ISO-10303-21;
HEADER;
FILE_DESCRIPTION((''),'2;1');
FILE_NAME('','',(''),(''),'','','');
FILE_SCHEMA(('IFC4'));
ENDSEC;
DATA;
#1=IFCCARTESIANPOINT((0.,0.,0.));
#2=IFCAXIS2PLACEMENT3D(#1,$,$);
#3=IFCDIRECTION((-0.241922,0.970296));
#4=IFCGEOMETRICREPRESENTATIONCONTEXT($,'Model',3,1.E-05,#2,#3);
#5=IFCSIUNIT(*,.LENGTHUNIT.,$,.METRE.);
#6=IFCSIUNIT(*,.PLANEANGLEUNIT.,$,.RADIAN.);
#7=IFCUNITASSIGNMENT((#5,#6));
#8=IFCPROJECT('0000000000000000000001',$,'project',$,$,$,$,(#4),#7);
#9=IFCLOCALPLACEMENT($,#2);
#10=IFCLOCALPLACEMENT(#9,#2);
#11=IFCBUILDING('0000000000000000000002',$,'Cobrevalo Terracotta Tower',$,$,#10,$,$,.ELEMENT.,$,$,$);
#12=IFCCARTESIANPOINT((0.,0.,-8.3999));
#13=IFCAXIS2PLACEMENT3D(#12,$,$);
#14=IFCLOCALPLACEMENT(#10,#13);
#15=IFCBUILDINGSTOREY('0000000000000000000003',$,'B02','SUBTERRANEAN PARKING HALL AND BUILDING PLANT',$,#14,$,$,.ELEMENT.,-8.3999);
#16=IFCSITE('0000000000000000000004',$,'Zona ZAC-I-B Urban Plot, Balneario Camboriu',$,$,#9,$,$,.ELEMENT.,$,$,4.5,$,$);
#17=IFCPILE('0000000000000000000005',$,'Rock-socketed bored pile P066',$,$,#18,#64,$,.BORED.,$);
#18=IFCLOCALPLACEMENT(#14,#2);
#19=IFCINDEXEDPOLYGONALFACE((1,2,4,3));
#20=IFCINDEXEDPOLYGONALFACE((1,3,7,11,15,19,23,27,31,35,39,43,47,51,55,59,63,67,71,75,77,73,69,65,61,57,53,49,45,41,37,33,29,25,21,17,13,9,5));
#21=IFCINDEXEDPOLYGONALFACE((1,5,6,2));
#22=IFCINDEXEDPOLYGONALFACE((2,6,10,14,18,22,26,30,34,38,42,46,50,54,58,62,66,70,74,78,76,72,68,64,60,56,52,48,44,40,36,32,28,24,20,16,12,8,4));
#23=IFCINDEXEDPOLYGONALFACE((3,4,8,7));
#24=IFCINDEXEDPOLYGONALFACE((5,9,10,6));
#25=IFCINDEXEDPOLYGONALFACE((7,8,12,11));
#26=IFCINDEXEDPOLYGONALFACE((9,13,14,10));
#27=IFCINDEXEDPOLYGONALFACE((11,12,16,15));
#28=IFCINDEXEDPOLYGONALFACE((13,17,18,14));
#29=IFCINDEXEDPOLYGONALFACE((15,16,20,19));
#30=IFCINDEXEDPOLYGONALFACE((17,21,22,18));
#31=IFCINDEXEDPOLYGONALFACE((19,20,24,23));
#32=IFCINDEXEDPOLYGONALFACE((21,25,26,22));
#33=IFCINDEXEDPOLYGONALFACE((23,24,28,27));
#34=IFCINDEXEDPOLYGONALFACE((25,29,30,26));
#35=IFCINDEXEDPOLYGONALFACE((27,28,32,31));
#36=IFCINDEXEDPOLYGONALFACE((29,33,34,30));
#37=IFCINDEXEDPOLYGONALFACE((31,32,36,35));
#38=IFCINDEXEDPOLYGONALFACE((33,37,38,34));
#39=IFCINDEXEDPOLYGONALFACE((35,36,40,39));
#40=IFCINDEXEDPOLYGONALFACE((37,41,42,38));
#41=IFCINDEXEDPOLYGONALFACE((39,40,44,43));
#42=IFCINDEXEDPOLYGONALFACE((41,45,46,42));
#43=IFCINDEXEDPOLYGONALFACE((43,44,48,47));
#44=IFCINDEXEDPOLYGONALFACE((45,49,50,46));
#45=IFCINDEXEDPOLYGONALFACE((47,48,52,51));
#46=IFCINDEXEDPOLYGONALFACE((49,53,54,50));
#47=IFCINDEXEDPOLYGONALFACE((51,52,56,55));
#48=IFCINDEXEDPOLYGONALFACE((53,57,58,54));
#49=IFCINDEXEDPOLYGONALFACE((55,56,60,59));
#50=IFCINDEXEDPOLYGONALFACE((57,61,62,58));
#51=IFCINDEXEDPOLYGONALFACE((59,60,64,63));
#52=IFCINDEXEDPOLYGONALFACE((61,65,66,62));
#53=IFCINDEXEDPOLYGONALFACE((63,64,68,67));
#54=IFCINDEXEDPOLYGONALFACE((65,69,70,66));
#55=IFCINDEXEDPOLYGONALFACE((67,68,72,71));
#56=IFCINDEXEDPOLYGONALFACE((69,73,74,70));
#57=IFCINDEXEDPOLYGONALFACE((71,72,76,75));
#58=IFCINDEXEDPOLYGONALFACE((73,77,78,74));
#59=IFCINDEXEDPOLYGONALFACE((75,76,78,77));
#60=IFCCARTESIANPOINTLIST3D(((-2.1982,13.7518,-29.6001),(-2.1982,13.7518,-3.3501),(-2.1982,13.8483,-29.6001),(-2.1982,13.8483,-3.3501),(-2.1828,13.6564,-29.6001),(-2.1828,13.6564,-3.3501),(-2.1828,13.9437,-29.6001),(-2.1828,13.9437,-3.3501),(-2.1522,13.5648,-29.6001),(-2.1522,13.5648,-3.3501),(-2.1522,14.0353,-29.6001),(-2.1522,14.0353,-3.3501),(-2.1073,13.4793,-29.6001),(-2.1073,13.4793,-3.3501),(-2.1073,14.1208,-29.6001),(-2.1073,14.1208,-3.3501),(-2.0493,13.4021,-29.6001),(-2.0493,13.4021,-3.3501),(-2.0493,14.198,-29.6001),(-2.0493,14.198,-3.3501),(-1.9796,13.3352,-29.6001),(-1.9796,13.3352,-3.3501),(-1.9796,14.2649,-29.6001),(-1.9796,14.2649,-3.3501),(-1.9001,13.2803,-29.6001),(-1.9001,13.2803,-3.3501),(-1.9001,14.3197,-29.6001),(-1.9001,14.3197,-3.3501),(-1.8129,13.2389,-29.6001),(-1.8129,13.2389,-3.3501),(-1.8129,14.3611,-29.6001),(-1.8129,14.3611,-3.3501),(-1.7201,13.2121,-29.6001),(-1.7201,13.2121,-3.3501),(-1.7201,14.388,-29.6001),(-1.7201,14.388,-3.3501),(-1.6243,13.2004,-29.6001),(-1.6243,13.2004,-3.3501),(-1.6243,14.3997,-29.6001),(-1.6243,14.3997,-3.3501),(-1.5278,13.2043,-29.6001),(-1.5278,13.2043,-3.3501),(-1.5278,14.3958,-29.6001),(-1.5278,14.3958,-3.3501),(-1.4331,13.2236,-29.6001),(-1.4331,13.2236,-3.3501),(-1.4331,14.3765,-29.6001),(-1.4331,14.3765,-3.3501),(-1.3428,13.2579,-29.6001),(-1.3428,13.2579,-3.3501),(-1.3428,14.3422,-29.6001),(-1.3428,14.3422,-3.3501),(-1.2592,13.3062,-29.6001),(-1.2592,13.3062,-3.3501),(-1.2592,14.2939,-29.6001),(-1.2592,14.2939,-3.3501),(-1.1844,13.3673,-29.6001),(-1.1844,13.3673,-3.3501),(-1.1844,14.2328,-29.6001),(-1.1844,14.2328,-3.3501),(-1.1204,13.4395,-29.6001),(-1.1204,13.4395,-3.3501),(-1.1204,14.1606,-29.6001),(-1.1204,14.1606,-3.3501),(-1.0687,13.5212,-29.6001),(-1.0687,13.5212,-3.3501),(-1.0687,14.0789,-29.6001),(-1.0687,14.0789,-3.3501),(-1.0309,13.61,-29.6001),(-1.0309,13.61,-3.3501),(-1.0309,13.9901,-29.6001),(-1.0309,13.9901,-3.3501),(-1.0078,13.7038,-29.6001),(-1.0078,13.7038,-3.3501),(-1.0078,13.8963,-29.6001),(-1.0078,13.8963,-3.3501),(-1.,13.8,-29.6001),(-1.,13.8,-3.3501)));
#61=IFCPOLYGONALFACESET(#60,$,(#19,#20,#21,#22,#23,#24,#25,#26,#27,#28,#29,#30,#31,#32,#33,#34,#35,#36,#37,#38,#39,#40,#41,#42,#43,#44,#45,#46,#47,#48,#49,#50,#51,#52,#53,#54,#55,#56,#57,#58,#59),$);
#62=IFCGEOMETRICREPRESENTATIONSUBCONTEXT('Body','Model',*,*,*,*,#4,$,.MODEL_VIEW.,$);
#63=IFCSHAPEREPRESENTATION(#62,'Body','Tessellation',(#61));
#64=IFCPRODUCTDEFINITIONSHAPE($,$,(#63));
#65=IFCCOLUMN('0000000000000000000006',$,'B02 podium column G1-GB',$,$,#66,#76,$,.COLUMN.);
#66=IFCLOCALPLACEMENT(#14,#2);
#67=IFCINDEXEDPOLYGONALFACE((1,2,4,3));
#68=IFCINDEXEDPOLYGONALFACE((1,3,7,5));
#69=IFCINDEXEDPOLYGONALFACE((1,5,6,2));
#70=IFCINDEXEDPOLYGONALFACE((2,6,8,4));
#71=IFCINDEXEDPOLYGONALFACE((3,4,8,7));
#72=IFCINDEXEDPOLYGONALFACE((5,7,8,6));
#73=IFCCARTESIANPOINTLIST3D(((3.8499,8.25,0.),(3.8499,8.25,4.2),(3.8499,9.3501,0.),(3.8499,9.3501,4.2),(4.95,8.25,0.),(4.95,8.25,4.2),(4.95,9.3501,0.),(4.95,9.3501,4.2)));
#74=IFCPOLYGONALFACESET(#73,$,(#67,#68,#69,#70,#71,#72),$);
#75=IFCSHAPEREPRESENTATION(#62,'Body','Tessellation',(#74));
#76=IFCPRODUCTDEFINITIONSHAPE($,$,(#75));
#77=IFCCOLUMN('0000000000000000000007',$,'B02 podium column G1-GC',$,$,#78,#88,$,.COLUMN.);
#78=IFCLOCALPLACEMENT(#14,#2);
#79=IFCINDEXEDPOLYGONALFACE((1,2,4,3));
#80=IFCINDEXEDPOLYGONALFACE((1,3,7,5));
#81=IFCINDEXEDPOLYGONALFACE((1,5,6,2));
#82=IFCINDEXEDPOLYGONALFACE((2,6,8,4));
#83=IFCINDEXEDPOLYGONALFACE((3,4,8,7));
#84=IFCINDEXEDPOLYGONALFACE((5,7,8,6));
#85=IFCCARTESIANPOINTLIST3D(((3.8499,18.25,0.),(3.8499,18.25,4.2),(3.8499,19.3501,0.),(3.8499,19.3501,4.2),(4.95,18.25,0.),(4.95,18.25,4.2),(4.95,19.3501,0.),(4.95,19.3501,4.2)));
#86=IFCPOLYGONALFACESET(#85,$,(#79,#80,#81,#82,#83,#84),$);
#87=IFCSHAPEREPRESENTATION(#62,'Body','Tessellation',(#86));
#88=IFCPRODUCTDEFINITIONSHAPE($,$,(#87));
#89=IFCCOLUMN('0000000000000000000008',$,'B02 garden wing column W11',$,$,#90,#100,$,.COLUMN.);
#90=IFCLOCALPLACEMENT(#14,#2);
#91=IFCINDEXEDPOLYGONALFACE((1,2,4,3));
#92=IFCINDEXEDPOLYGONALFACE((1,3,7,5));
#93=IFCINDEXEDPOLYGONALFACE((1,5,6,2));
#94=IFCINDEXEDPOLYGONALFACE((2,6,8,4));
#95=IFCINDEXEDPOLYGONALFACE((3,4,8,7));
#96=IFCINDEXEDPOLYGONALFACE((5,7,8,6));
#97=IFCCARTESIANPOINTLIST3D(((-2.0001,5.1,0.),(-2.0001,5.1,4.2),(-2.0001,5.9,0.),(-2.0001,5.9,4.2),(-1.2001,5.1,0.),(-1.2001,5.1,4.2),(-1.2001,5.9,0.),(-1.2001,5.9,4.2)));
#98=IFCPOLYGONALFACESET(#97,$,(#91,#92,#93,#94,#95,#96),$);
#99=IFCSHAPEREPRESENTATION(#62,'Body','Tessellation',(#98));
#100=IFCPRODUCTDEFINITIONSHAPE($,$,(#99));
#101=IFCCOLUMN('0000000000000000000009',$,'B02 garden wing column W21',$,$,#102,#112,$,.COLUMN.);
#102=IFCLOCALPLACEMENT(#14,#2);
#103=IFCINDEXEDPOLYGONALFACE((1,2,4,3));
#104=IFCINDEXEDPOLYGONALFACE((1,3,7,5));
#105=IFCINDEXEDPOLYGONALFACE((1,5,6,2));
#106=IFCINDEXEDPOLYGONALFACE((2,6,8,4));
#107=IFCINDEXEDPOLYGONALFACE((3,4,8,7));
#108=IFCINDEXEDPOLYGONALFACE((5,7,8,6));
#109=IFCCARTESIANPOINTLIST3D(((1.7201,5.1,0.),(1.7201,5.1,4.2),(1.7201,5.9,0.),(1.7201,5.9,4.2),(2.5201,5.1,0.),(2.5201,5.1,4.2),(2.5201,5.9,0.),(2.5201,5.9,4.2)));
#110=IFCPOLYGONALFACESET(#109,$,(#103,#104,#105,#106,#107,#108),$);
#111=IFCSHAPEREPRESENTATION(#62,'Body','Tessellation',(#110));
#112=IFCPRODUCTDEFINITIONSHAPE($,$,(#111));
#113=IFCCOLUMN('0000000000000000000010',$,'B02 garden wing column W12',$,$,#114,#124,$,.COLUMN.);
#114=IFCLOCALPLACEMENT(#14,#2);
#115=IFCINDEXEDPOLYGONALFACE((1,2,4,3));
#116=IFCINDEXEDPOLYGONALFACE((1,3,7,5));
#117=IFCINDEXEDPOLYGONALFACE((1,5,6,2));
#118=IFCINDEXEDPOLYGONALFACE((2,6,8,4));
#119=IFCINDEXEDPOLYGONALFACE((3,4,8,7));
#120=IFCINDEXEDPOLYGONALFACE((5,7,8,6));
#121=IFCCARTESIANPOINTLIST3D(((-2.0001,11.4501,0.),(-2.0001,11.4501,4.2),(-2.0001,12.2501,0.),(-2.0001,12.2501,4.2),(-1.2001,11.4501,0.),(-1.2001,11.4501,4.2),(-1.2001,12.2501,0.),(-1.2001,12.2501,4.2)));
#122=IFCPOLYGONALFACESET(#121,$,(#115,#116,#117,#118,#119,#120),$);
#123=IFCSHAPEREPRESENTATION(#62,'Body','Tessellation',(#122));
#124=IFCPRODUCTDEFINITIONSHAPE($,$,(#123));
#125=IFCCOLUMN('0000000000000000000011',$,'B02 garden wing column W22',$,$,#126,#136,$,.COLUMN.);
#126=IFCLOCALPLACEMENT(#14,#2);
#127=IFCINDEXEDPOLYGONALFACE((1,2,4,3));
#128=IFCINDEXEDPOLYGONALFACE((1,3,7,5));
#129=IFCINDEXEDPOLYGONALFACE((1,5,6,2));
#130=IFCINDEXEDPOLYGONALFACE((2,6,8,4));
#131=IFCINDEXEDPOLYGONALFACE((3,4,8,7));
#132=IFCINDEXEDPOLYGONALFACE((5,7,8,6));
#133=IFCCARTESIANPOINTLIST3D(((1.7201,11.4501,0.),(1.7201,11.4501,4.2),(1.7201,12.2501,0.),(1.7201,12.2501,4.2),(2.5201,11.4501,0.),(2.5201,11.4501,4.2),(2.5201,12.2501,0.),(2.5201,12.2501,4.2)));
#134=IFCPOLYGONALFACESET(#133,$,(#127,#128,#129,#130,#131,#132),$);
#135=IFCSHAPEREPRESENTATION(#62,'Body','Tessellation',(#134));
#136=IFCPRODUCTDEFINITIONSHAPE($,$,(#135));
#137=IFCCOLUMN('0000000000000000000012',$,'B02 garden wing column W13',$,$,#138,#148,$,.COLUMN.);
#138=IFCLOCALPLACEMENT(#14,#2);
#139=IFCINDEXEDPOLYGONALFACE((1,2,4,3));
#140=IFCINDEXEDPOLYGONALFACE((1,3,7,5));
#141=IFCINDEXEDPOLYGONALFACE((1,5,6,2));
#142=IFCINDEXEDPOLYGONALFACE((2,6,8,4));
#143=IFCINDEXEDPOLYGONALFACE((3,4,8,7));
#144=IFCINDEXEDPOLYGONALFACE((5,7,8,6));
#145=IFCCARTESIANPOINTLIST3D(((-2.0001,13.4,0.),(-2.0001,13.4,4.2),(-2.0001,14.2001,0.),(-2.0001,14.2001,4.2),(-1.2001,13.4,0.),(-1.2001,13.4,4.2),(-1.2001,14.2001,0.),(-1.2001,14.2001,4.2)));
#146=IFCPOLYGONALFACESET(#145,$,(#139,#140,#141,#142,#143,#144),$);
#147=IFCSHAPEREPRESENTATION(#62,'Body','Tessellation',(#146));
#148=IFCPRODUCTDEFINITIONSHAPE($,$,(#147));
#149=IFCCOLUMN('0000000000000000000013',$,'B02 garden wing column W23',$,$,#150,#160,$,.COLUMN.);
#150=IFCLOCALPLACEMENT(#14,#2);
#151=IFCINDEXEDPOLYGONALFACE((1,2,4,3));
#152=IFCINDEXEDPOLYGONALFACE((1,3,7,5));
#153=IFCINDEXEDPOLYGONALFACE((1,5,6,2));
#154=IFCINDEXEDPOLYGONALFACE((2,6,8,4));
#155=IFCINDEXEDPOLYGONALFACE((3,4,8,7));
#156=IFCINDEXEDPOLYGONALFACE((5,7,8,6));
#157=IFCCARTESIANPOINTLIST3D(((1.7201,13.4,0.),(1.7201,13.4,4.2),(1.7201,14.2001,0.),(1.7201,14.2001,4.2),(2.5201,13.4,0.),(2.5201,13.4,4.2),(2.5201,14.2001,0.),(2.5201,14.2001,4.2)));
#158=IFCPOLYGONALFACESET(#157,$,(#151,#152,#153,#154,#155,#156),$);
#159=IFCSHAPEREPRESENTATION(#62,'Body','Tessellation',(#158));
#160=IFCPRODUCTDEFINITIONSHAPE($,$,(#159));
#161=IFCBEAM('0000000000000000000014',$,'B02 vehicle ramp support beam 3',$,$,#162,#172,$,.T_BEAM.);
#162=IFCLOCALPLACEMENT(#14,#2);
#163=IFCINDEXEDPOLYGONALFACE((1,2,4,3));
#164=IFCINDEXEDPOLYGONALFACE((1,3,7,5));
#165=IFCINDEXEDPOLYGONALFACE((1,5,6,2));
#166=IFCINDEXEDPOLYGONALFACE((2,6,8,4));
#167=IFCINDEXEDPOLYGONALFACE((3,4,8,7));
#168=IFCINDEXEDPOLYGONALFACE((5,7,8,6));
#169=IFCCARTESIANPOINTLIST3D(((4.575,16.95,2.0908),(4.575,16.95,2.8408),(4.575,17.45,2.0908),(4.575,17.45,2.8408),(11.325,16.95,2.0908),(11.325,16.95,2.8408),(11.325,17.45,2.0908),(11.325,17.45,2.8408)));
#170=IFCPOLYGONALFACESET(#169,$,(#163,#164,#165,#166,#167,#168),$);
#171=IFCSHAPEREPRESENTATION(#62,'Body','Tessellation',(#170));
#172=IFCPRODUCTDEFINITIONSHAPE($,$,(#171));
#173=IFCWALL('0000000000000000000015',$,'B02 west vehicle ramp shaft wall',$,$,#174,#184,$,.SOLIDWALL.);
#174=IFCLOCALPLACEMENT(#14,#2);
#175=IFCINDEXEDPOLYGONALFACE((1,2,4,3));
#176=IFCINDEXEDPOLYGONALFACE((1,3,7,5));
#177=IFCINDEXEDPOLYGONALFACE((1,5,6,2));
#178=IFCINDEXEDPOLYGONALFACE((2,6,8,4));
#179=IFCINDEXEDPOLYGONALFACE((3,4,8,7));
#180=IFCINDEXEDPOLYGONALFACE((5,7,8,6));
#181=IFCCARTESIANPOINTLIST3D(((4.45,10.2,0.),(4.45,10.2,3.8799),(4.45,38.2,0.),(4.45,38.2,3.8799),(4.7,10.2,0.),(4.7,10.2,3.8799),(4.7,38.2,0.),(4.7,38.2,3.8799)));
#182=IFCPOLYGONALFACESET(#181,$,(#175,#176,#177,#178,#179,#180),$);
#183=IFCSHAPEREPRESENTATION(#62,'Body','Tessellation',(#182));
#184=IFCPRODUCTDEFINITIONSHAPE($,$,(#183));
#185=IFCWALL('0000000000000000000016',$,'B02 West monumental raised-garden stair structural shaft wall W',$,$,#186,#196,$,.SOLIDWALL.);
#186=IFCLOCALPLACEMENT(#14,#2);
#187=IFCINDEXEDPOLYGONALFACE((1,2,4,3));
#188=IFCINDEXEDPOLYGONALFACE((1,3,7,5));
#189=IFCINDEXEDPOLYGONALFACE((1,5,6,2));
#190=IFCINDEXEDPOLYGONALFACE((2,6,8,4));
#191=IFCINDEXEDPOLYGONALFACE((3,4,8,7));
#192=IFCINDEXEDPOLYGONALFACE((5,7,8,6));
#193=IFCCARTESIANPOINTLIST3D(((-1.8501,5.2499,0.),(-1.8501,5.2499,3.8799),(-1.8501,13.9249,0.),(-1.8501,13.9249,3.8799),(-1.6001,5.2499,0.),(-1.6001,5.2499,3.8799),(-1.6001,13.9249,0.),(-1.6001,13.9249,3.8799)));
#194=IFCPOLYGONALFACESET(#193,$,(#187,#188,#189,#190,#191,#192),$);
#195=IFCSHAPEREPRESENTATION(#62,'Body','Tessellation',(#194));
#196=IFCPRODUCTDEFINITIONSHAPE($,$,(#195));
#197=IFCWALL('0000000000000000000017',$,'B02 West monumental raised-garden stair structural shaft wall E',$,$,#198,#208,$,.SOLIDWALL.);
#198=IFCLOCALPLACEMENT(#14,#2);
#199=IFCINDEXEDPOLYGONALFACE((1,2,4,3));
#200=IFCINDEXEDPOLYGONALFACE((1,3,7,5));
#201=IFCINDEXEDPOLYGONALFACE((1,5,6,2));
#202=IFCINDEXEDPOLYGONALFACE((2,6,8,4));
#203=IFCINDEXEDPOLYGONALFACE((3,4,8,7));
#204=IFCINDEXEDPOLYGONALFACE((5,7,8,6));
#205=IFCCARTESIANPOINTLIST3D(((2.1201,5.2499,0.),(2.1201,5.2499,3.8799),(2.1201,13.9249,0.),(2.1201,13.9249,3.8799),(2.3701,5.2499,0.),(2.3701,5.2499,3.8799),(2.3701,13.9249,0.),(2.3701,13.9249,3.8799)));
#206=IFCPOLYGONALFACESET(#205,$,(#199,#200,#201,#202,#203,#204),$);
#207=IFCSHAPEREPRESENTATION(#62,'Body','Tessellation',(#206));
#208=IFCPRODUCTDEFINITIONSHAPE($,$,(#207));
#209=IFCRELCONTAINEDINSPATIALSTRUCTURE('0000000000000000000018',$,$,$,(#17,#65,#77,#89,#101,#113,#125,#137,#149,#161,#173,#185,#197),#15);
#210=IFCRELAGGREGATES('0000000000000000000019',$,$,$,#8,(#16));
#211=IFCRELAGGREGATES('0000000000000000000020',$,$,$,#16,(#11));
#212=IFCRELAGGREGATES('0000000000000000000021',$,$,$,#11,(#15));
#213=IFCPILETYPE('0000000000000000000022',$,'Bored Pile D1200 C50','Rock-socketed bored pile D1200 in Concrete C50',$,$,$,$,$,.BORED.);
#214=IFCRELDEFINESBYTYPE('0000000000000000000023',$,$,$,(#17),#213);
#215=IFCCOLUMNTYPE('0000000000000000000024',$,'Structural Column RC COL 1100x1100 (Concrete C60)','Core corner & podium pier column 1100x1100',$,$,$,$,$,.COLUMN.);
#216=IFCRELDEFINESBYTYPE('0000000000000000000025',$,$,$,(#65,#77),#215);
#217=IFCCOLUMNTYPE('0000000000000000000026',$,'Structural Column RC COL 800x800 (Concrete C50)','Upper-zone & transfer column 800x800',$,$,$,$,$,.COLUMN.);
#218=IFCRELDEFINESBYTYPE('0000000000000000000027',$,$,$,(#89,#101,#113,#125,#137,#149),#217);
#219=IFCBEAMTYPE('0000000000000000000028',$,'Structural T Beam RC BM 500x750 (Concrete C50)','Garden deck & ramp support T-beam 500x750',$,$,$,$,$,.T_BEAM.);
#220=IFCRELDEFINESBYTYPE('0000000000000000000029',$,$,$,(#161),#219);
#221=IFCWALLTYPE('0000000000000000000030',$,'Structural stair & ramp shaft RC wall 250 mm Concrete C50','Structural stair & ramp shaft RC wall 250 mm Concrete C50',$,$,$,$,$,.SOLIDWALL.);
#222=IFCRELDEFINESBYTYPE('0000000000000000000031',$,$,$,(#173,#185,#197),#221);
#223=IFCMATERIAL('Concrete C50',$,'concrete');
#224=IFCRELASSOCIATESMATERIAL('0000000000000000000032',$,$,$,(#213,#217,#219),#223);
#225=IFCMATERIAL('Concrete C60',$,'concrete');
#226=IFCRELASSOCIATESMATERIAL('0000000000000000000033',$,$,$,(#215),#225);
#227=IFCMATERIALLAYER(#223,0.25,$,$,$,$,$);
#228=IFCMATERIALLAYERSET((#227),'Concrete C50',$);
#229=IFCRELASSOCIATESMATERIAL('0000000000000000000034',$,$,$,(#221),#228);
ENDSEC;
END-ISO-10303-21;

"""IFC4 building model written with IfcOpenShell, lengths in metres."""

from ifc_helpers import new_model, si_unit, direction, frame, frame_2d, origin, origin_2d, place, context, subcontext, project, spatial, rectangle, circle, extrude, material, layer, layer_set, material_profile, profile_set, type_object, element, save


model = new_model("IFC4")

# Units and contexts
model_context = context("Model", 3, precision=1e-05, world=origin(), true_north=direction((-0.241922, 0.970296)))
body_context = subcontext(model_context, "Body", "Model", "MODEL_VIEW")
ifc_project = project(units=[si_unit("LENGTHUNIT", "METRE"), si_unit("PLANEANGLEUNIT", "RADIAN")], contexts=[model_context])

# Site, building, storey
site_placement = place(None, origin())
site = spatial("IfcSite", under=ifc_project, at=site_placement, Name="Zona ZAC-I-B Urban Plot, Balneario Camboriu", CompositionType="ELEMENT", RefElevation=4.5)
building_placement = place(site_placement, origin())
building = spatial("IfcBuilding", under=site, at=building_placement, Name="Cobrevalo Terracotta Tower", CompositionType="ELEMENT")
storey_placement = place(building_placement, frame((0.0, 0.0, -8.3999)))
storey = spatial("IfcBuildingStorey", under=building, at=storey_placement, Name="B02", Description="SUBTERRANEAN PARKING HALL AND BUILDING PLANT", CompositionType="ELEMENT", Elevation=-8.3999)

# Pile
ifc_material_1 = material(Name="Concrete C50", Category="concrete")
ifc_material_profile_1 = material_profile(ifc_material_1, circle(Radius=0.6001, at=origin_2d()), Name="PILE D1200")
ifc_profile_set_1 = profile_set([ifc_material_profile_1], Name="Concrete C50")
pile_type = type_object("IfcPileType", Name="Bored Pile D1200 C50", Description="Rock-socketed bored pile D1200 in Concrete C50", PredefinedType="BORED", material=ifc_profile_set_1)
for number, where, z_axis, x_axis, name in (
    (1, (-1.6001, 13.8, -3.3501), (0.0, 0.0, -1.0), (1.0, 0.0, 0.0), "Rock-socketed bored pile P066"),
):
    element("IfcPile", number, at=place(storey_placement, frame(where, z_axis=z_axis, x_axis=x_axis)), inside=storey, type_object=pile_type, Name=name, PredefinedType="BORED", context=body_context, shape_type="SweptSolid", body=[
        extrude(circle(Radius=0.6001, at=origin_2d()), origin(), (0.0, 0.0, 1.0), 26.25),
    ])

# Columns
ifc_material_2 = material(Name="Concrete C60", Category="concrete")
ifc_material_profile_2 = material_profile(ifc_material_2, rectangle(XDim=1.1001, YDim=1.1001, at=origin_2d()), Name="RC COL 1100x1100")
ifc_profile_set_2 = profile_set([ifc_material_profile_2], Name="Concrete C60")
column_type_1 = type_object("IfcColumnType", Name="Structural Column RC COL 1100x1100 (Concrete C60)", Description="Core corner & podium pier column 1100x1100", PredefinedType="COLUMN", material=ifc_profile_set_2)
for number, where, z_axis, x_axis, name in (
    (2, (4.3999, 8.8, 0.0), (0.0, 0.0, 1.0), (1.0, 0.0, 0.0), "B02 podium column G1-GB"),
    (3, (4.3999, 18.8, 0.0), (0.0, 0.0, 1.0), (1.0, 0.0, 0.0), "B02 podium column G1-GC"),
):
    element("IfcColumn", number, at=place(storey_placement, frame(where, z_axis=z_axis, x_axis=x_axis)), inside=storey, type_object=column_type_1, Name=name, PredefinedType="COLUMN", context=body_context, shape_type="SweptSolid", body=[
        extrude(rectangle(XDim=1.1001, YDim=1.1001, at=origin_2d()), origin(), (0.0, 0.0, 1.0), 4.2),
    ])
ifc_material_profile_3 = material_profile(ifc_material_1, rectangle(XDim=0.8, YDim=0.8, at=origin_2d()), Name="RC COL 800x800")
ifc_profile_set_3 = profile_set([ifc_material_profile_3], Name="Concrete C50")
column_type_2 = type_object("IfcColumnType", Name="Structural Column RC COL 800x800 (Concrete C50)", Description="Upper-zone & transfer column 800x800", PredefinedType="COLUMN", material=ifc_profile_set_3)
for number, where, z_axis, x_axis, name in (
    (4, (-1.6001, 5.5, 0.0), (0.0, 0.0, 1.0), (1.0, 0.0, 0.0), "B02 garden wing column W11"),
    (5, (2.1201, 5.5, 0.0), (0.0, 0.0, 1.0), (1.0, 0.0, 0.0), "B02 garden wing column W21"),
    (6, (-1.6001, 11.8501, 0.0), (0.0, 0.0, 1.0), (1.0, 0.0, 0.0), "B02 garden wing column W12"),
    (7, (2.1201, 11.8501, 0.0), (0.0, 0.0, 1.0), (1.0, 0.0, 0.0), "B02 garden wing column W22"),
    (8, (-1.6001, 13.8, 0.0), (0.0, 0.0, 1.0), (1.0, 0.0, 0.0), "B02 garden wing column W13"),
    (9, (2.1201, 13.8, 0.0), (0.0, 0.0, 1.0), (1.0, 0.0, 0.0), "B02 garden wing column W23"),
):
    element("IfcColumn", number, at=place(storey_placement, frame(where, z_axis=z_axis, x_axis=x_axis)), inside=storey, type_object=column_type_2, Name=name, PredefinedType="COLUMN", context=body_context, shape_type="SweptSolid", body=[
        extrude(rectangle(XDim=0.8, YDim=0.8, at=origin_2d()), origin(), (0.0, 0.0, 1.0), 4.2),
    ])

# Beam
ifc_material_profile_4 = material_profile(ifc_material_1, rectangle(XDim=0.5, YDim=0.75, at=origin_2d()), Name="RC BM 500x750")
ifc_profile_set_4 = profile_set([ifc_material_profile_4], Name="Concrete C50")
beam_type = type_object("IfcBeamType", Name="Structural T Beam RC BM 500x750 (Concrete C50)", Description="Garden deck & ramp support T-beam 500x750", PredefinedType="T_BEAM", material=ifc_profile_set_4)
beam_placement = place(storey_placement, frame((4.575, 17.2, 2.4658), z_axis=(1.0, 0.0, 0.0), x_axis=(0.0, 1.0, 0.0)))
element("IfcBeam", 10, at=beam_placement, inside=storey, type_object=beam_type, Name="B02 vehicle ramp support beam 3", PredefinedType="T_BEAM", context=body_context, shape_type="SweptSolid", body=[
    extrude(rectangle(XDim=0.5, YDim=0.75, at=origin_2d()), origin(), (0.0, 0.0, 1.0), 6.75),
])

# Walls
ifc_layer_1 = layer(ifc_material_1, 0.25)
ifc_layer_set_1 = layer_set([ifc_layer_1], Name="Concrete C50")
wall_type = type_object("IfcWallType", Name="Structural stair & ramp shaft RC wall 250 mm Concrete C50", Description="Structural stair & ramp shaft RC wall 250 mm Concrete C50", PredefinedType="SOLIDWALL", material=ifc_layer_set_1)
wall_placement = place(storey_placement, frame((4.575, 10.2, 0.0), z_axis=(0.0, 0.0, 1.0), x_axis=(0.0, 1.0, 0.0)))
element("IfcWall", 11, at=wall_placement, inside=storey, type_object=wall_type, Name="B02 west vehicle ramp shaft wall", PredefinedType="SOLIDWALL", context=body_context, shape_type="SweptSolid", body=[
    extrude(rectangle(XDim=28.0, YDim=0.25, at=frame_2d((14.0, 0.0))), origin(), (0.0, 0.0, 1.0), 3.8799),
])
for number, where, z_axis, x_axis, name in (
    (12, (-1.7251, 5.25, 0.0), (0.0, 0.0, 1.0), (0.0, 1.0, 0.0), "B02 West monumental raised-garden stair structural shaft wall W"),
    (13, (2.2451, 5.25, 0.0), (0.0, 0.0, 1.0), (0.0, 1.0, 0.0), "B02 West monumental raised-garden stair structural shaft wall E"),
):
    element("IfcWall", number, at=place(storey_placement, frame(where, z_axis=z_axis, x_axis=x_axis)), inside=storey, type_object=wall_type, Name=name, PredefinedType="SOLIDWALL", context=body_context, shape_type="SweptSolid", body=[
        extrude(rectangle(XDim=8.675, YDim=0.25, at=frame_2d((4.3374, 0.0))), origin(), (0.0, 0.0, 1.0), 3.8799),
    ])

save(model, "model.ifc")
